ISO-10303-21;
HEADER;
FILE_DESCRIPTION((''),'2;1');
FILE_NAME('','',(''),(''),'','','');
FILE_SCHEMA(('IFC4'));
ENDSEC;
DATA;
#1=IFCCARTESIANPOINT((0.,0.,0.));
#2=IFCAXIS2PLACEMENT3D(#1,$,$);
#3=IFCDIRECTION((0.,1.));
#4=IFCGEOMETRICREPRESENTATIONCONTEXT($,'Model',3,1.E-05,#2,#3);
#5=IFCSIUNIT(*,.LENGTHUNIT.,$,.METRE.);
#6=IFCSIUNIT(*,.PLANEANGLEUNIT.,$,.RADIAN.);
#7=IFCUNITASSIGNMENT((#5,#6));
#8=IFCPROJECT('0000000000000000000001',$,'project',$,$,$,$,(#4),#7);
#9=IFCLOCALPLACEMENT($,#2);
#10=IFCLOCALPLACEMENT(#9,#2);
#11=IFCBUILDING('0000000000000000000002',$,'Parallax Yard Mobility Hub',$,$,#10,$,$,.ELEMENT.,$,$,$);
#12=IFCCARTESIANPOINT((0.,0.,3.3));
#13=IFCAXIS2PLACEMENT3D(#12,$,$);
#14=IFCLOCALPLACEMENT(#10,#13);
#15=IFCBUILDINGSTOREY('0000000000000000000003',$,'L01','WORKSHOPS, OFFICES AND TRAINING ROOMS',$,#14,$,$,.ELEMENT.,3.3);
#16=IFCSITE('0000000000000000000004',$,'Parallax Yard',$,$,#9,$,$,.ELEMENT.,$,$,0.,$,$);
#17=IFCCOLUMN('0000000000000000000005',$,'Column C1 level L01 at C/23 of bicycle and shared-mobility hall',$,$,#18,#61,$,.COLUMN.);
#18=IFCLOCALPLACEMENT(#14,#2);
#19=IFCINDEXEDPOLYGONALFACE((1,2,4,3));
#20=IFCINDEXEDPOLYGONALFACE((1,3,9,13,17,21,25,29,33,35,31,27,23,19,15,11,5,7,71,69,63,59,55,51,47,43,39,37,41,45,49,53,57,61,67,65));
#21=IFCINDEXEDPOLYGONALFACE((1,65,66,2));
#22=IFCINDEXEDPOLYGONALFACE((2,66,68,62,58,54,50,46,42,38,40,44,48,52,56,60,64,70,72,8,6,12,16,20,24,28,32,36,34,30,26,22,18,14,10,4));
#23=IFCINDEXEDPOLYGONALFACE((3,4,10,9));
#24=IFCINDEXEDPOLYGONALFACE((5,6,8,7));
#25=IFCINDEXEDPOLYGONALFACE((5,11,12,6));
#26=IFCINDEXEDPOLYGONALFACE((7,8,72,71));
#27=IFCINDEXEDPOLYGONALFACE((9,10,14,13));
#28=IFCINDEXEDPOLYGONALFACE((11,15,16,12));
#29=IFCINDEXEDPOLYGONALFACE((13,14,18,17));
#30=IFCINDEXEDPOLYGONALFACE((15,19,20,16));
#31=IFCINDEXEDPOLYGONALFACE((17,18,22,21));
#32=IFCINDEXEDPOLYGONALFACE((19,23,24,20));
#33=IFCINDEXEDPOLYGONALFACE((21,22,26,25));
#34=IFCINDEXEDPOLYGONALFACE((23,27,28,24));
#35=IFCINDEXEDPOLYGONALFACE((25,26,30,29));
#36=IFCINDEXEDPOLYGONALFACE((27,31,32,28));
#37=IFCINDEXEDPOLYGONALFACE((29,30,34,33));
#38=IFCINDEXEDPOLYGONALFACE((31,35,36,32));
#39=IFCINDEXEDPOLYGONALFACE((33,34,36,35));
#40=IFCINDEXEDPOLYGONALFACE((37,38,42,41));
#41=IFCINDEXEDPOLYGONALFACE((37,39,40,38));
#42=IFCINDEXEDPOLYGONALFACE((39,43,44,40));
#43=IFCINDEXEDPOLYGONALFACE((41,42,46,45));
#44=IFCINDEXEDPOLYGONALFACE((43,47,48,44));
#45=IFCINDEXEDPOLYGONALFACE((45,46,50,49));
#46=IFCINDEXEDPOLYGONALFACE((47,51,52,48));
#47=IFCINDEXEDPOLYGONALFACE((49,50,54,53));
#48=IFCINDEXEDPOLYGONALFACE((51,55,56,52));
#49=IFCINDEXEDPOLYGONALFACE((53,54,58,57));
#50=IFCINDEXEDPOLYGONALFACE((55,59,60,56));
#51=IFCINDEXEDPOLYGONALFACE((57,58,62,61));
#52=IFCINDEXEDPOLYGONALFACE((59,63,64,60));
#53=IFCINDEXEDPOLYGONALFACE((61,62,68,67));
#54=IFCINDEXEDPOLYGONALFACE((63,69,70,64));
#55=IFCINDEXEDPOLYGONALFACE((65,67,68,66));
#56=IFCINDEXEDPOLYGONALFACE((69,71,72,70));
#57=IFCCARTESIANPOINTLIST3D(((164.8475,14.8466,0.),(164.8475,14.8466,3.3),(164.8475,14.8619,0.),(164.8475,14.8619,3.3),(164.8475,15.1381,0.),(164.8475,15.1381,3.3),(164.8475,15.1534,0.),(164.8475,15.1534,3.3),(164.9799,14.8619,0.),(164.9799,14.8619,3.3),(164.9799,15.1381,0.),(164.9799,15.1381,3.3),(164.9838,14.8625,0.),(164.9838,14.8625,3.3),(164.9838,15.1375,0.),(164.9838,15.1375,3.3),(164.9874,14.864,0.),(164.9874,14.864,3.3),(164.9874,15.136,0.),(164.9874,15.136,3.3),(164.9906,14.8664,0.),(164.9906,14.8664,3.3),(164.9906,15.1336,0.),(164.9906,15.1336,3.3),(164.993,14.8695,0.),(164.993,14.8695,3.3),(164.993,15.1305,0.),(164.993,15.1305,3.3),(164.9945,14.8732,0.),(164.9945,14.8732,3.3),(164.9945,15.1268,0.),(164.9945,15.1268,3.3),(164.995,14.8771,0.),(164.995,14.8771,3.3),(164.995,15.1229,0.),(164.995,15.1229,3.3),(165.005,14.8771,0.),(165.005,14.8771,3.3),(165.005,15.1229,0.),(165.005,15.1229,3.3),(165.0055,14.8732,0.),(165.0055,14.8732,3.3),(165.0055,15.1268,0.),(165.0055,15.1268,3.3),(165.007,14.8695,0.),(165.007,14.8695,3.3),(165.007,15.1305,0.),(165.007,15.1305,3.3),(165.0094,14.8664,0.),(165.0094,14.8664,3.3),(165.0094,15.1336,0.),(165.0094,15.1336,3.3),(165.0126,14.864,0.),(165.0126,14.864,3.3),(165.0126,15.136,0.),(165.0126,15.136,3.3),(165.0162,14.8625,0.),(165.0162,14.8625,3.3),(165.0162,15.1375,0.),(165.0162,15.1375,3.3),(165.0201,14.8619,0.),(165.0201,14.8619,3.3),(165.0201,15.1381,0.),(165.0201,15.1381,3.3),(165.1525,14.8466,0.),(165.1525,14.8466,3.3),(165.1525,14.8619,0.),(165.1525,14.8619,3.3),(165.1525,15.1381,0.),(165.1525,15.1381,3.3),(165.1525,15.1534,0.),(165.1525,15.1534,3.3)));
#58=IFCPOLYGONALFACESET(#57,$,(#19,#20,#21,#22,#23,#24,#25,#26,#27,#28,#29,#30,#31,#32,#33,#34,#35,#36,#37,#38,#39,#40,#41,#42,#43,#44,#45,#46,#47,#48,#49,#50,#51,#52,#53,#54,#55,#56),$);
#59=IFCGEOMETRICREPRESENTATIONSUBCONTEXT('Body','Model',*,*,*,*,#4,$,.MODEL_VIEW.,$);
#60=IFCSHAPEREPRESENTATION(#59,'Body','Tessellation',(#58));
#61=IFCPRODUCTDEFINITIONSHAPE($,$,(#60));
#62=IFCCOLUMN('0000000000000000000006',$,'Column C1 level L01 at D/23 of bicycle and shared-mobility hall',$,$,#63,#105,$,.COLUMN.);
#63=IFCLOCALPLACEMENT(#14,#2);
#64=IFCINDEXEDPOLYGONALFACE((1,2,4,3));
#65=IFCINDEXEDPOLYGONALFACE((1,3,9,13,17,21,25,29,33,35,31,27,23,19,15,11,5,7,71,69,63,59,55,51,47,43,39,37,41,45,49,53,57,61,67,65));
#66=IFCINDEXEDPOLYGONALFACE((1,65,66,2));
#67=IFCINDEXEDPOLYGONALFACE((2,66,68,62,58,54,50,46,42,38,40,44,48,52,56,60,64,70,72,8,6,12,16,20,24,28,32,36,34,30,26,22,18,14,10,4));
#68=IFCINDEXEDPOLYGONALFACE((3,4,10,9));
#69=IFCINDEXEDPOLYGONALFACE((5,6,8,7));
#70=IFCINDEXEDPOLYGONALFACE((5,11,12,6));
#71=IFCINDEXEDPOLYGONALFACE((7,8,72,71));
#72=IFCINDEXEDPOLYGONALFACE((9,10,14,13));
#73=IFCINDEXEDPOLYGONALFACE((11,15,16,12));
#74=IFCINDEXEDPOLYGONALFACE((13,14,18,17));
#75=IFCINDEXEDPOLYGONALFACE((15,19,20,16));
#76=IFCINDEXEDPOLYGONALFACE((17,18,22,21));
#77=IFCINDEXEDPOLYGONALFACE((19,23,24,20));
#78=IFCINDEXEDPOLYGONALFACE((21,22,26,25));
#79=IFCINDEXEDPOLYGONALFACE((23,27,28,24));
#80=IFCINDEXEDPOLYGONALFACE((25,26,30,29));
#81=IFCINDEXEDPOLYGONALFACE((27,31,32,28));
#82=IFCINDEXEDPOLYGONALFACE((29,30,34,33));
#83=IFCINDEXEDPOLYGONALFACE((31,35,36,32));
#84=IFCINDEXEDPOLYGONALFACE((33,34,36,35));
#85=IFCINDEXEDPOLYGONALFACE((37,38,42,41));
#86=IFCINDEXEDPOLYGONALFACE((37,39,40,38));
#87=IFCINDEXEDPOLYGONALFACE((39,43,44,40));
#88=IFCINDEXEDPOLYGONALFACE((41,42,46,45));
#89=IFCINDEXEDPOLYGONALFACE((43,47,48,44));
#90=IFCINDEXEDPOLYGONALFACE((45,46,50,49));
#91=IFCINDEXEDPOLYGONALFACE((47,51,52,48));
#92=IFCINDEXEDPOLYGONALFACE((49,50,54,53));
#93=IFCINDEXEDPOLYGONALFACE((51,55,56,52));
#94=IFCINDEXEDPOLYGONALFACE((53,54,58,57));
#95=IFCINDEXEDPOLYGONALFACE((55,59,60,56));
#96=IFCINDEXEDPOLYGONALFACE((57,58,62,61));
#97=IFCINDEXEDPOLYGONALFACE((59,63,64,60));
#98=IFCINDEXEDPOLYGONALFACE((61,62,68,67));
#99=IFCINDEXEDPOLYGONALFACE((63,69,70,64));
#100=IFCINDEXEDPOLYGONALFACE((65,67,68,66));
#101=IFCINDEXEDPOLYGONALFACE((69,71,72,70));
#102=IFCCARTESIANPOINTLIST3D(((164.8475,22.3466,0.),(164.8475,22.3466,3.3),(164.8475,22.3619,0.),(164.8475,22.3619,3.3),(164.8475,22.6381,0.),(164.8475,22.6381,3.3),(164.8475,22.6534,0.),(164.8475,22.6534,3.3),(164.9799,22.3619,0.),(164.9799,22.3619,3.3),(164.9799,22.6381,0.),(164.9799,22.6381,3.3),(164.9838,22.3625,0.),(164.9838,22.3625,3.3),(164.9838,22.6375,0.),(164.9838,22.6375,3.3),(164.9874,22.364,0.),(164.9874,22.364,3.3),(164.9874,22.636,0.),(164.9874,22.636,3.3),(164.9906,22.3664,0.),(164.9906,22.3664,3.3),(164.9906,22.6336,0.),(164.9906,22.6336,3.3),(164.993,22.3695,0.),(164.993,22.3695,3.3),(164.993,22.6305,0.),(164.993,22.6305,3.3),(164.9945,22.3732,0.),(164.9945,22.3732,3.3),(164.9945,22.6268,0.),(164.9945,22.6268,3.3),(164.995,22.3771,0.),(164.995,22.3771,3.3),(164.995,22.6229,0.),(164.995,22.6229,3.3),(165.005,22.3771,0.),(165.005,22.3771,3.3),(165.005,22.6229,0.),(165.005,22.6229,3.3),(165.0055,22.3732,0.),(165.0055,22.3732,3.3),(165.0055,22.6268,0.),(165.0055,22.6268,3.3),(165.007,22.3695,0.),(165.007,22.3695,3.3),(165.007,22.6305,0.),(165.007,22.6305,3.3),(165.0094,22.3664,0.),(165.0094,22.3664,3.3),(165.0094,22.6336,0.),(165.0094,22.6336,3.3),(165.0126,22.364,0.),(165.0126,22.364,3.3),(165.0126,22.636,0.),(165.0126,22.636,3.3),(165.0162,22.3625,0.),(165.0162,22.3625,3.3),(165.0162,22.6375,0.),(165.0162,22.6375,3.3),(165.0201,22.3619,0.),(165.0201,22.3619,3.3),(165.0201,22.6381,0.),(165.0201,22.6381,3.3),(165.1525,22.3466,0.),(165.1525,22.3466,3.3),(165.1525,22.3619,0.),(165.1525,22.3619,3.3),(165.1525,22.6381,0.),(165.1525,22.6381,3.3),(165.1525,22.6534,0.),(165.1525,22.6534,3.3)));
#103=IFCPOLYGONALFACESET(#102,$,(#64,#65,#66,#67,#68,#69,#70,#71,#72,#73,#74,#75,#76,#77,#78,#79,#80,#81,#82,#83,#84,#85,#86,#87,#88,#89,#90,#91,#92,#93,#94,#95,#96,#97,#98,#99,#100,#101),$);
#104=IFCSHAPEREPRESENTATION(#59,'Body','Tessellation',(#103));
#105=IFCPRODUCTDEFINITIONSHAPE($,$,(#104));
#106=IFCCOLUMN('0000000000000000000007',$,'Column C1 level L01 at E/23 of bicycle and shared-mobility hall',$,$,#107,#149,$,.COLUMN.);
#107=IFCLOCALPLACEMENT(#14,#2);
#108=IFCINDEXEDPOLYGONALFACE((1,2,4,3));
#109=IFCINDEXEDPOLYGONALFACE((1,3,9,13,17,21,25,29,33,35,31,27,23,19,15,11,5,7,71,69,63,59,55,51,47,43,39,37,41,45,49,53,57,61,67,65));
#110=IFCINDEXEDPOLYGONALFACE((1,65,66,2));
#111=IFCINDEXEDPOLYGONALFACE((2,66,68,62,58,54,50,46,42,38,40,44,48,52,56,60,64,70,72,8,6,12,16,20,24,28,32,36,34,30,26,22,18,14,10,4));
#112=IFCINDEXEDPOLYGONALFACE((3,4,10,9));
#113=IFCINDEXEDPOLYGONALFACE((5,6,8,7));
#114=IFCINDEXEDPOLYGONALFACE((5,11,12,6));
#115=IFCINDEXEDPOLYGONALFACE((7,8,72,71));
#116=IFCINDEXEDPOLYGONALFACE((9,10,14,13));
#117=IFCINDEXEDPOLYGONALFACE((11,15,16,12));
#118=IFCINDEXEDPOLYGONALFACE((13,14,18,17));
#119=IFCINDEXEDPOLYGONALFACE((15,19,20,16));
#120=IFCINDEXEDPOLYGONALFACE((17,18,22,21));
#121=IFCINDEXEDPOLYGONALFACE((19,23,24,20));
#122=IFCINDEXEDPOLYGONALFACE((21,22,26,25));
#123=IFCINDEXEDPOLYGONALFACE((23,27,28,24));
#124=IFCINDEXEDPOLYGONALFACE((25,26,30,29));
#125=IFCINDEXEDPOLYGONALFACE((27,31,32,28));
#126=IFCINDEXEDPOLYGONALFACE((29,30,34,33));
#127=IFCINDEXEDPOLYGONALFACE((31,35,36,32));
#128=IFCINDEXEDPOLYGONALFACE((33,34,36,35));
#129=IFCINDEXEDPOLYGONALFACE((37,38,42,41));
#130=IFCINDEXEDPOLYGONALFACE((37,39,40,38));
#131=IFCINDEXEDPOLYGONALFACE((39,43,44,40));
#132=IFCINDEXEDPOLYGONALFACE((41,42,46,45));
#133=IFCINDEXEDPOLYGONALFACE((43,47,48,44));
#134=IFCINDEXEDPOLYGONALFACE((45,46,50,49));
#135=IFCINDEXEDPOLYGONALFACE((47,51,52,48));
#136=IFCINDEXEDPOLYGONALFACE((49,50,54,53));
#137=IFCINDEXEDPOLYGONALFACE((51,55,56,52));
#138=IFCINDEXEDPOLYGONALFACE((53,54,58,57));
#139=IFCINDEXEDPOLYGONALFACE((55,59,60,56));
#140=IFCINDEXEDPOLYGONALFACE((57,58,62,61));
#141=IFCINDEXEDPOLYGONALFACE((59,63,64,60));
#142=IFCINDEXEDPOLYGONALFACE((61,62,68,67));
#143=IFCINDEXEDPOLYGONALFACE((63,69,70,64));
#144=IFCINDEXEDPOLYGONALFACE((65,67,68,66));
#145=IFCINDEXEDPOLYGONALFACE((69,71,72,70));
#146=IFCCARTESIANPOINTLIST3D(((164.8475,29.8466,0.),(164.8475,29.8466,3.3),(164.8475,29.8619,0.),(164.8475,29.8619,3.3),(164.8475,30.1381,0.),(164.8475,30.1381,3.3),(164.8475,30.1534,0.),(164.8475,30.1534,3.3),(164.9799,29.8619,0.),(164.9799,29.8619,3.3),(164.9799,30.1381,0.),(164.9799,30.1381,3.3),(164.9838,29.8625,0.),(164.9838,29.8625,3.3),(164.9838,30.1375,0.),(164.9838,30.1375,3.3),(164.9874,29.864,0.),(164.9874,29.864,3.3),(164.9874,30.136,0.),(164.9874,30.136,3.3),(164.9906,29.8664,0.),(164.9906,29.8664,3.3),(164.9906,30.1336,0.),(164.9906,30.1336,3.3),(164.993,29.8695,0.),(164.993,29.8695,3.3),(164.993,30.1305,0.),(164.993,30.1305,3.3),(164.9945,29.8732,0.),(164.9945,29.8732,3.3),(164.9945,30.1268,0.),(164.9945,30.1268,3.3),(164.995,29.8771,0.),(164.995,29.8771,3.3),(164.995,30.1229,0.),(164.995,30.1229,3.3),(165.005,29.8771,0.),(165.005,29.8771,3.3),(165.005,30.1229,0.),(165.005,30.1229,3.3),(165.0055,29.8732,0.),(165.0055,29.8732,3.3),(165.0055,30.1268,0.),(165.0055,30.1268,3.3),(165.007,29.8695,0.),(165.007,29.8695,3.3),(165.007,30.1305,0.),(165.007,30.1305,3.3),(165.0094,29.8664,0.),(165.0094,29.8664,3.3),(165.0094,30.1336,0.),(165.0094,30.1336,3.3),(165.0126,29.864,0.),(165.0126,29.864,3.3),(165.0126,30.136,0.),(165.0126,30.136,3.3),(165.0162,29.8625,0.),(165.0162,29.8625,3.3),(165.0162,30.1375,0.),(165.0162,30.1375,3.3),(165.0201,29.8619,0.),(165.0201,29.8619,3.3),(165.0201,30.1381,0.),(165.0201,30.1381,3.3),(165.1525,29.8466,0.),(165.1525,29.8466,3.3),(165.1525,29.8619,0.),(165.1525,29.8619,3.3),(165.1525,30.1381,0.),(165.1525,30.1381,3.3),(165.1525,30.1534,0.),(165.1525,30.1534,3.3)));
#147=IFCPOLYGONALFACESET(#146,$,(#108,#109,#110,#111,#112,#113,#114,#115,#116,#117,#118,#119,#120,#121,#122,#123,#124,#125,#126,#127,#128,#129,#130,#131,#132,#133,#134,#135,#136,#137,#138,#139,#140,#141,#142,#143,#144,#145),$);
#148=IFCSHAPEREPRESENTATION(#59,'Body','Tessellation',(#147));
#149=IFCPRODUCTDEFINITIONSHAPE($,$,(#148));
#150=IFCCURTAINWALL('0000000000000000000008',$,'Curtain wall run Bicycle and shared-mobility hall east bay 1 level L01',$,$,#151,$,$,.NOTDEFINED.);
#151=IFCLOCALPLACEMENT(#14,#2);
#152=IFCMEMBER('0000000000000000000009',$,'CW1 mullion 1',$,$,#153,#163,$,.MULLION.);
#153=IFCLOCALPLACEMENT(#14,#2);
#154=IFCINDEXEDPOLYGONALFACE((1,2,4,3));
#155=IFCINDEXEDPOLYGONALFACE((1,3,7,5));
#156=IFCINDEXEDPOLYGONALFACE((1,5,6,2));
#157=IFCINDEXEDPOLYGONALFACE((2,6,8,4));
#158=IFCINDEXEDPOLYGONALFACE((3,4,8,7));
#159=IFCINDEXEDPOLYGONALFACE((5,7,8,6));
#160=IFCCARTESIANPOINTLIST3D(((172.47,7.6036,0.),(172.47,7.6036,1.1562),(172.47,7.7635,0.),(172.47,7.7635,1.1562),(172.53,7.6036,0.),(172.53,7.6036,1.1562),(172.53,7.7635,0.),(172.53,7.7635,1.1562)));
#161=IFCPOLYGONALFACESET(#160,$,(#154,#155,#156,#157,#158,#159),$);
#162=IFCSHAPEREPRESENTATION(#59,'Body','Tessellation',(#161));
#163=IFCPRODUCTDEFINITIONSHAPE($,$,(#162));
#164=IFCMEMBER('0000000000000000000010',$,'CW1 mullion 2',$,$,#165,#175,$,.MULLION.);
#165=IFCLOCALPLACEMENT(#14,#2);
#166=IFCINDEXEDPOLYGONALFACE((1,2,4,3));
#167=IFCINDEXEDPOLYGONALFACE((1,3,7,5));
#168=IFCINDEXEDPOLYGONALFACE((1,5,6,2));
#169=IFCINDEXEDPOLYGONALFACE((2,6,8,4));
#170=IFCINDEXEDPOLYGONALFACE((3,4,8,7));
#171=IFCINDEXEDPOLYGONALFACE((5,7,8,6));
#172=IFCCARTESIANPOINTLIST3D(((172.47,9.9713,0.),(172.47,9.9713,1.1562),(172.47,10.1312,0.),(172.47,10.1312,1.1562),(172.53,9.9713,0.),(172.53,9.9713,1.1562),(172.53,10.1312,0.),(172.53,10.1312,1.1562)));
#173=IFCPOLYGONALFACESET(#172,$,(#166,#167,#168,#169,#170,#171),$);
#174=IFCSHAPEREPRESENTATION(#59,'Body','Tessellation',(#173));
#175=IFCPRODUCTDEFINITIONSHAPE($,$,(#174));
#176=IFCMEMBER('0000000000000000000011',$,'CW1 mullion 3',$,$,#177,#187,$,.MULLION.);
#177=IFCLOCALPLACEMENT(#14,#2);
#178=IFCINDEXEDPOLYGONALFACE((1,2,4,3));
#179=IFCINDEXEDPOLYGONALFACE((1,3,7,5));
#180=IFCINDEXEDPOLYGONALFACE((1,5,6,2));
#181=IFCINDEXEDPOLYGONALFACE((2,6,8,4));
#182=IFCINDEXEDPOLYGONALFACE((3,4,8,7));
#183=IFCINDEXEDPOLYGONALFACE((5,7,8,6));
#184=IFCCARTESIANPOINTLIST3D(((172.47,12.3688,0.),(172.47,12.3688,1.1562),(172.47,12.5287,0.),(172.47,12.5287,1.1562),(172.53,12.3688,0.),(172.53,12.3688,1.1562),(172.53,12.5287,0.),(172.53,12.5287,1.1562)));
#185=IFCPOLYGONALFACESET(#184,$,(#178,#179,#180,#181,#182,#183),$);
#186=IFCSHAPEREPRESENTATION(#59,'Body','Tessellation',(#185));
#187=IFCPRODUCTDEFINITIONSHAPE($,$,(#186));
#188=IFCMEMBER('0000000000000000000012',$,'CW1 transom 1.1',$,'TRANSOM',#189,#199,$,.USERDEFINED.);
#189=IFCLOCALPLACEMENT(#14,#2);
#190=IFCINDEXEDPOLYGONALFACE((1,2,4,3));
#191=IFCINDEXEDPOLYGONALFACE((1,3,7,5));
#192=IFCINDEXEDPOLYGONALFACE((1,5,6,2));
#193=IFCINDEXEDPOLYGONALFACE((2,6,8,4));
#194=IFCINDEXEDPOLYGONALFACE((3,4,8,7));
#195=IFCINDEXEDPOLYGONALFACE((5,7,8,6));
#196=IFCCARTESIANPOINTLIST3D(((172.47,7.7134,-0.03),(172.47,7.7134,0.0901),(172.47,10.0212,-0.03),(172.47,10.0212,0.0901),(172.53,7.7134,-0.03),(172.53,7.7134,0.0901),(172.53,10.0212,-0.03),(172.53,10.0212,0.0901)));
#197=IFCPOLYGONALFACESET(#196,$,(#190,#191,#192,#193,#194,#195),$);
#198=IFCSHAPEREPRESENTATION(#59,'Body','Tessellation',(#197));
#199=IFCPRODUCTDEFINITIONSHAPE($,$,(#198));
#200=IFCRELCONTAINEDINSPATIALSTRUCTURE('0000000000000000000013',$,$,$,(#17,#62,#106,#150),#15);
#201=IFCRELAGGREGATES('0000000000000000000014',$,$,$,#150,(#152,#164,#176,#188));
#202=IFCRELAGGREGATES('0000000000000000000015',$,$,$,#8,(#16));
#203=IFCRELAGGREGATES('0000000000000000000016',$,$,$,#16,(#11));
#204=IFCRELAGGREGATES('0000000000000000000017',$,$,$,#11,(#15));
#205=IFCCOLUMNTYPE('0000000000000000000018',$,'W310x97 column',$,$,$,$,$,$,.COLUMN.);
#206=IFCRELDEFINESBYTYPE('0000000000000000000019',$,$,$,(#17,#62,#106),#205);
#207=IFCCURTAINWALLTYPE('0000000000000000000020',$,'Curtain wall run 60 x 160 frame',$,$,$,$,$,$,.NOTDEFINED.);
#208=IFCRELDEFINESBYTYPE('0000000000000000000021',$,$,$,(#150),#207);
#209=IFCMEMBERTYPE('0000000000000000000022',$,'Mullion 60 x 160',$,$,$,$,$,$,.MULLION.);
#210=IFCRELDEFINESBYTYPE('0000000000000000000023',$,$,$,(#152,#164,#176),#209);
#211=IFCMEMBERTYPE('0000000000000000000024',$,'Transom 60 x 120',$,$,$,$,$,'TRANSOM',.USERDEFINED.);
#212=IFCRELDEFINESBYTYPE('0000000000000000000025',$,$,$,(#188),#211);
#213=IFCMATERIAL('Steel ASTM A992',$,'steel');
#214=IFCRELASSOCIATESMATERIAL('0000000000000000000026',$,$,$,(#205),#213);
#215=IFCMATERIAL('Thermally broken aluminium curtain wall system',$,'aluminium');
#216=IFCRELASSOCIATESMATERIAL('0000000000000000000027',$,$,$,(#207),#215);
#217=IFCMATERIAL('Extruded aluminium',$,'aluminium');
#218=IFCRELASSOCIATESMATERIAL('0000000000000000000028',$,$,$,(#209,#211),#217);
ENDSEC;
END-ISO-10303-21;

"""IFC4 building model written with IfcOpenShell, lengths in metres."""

from ifc_helpers import new_model, si_unit, direction, frame, origin, origin_2d, place, context, subcontext, project, spatial, rectangle, i_section, extrude, material, material_profile, profile_set, type_object, element, aggregate, save


model = new_model("IFC4")

# Units and contexts
model_context = context("Model", 3, precision=1e-05, world=origin(), true_north=direction((0.0, 1.0)))
body_context = subcontext(model_context, "Body", "Model", "MODEL_VIEW")
ifc_project = project(units=[si_unit("LENGTHUNIT", "METRE"), si_unit("PLANEANGLEUNIT", "RADIAN")], contexts=[model_context])

# Site, building, storey
site_placement = place(None, origin())
site = spatial("IfcSite", under=ifc_project, at=site_placement, Name="Parallax Yard", CompositionType="ELEMENT", RefElevation=0.0)
building_placement = place(site_placement, origin())
building = spatial("IfcBuilding", under=site, at=building_placement, Name="Parallax Yard Mobility Hub", CompositionType="ELEMENT")
storey_placement = place(building_placement, frame((0.0, 0.0, 3.3)))
storey = spatial("IfcBuildingStorey", under=building, at=storey_placement, Name="L01", Description="WORKSHOPS, OFFICES AND TRAINING ROOMS", CompositionType="ELEMENT", Elevation=3.3)

# Columns
ifc_material_1 = material(Name="Steel ASTM A992", Category="steel")
ifc_material_profile_1 = material_profile(ifc_material_1, i_section(OverallWidth=0.3049, OverallDepth=0.3069, WebThickness=0.01, FlangeThickness=0.0154, FilletRadius=0.0151, at=origin_2d()), Name="W310x97")
ifc_profile_set_1 = profile_set([ifc_material_profile_1], Name="Steel ASTM A992")
column_type = type_object("IfcColumnType", Name="W310x97 column", PredefinedType="COLUMN", material=ifc_profile_set_1)
for number, where, z_axis, x_axis, name in (
    (1, (165.0, 15.0, 0.0), (0.0, 0.0, 1.0), (1.0, 0.0, 0.0), "Column C1 level L01 at C/23 of bicycle and shared-mobility hall"),
    (2, (165.0, 22.5, 0.0), (0.0, 0.0, 1.0), (1.0, 0.0, 0.0), "Column C1 level L01 at D/23 of bicycle and shared-mobility hall"),
    (3, (165.0, 30.0, 0.0), (0.0, 0.0, 1.0), (1.0, 0.0, 0.0), "Column C1 level L01 at E/23 of bicycle and shared-mobility hall"),
):
    element("IfcColumn", number, at=place(storey_placement, frame(where, z_axis=z_axis, x_axis=x_axis)), inside=storey, type_object=column_type, Name=name, PredefinedType="COLUMN", context=body_context, shape_type="SweptSolid", body=[
        extrude(i_section(OverallWidth=0.3049, OverallDepth=0.3069, WebThickness=0.01, FlangeThickness=0.0154, FilletRadius=0.0151, at=origin_2d()), origin(), (0.0, 0.0, 1.0), 3.3),
    ])

# Curtain wall, members
ifc_material_2 = material(Name="Thermally broken aluminium curtain wall system", Category="aluminium")
curtain_wall_type = type_object("IfcCurtainWallType", Name="Curtain wall run 60 x 160 frame", PredefinedType="NOTDEFINED", material=ifc_material_2)
curtain_wall_placement = place(storey_placement, origin())
curtain_wall = element("IfcCurtainWall", 4, at=curtain_wall_placement, inside=storey, type_object=curtain_wall_type, Name="Curtain wall run Bicycle and shared-mobility hall east bay 1 level L01", PredefinedType="NOTDEFINED")
ifc_material_3 = material(Name="Extruded aluminium", Category="aluminium")
ifc_material_profile_2 = material_profile(ifc_material_3, rectangle(XDim=0.0601, YDim=0.1599, at=origin_2d()), Name="Mullion 60 x 160")
ifc_profile_set_2 = profile_set([ifc_material_profile_2], Name="Extruded aluminium")
member_type_1 = type_object("IfcMemberType", Name="Mullion 60 x 160", PredefinedType="MULLION", material=ifc_profile_set_2)
member_1_placement = place(storey_placement, frame((172.5, 7.6836, 0.0), z_axis=(0.0, 0.0, 1.0), x_axis=(-1.0, 0.0, 0.0)))
member_1 = element("IfcMember", 5, at=member_1_placement, type_object=member_type_1, Name="CW1 mullion 1", PredefinedType="MULLION", context=body_context, shape_type="SweptSolid", body=[
    extrude(rectangle(XDim=0.0601, YDim=0.1599, at=origin_2d()), origin(), (0.0, 0.0, 1.0), 1.1562),
])
member_2_placement = place(storey_placement, frame((172.5, 10.0513, 0.0), z_axis=(0.0, 0.0, 1.0), x_axis=(-1.0, 0.0, 0.0)))
member_2 = element("IfcMember", 6, at=member_2_placement, type_object=member_type_1, Name="CW1 mullion 2", PredefinedType="MULLION", context=body_context, shape_type="SweptSolid", body=[
    extrude(rectangle(XDim=0.0601, YDim=0.1599, at=origin_2d()), origin(), (0.0, 0.0, 1.0), 1.1562),
])
member_3_placement = place(storey_placement, frame((172.5, 12.4487, 0.0), z_axis=(0.0, 0.0, 1.0), x_axis=(-1.0, 0.0, 0.0)))
member_3 = element("IfcMember", 7, at=member_3_placement, type_object=member_type_1, Name="CW1 mullion 3", PredefinedType="MULLION", context=body_context, shape_type="SweptSolid", body=[
    extrude(rectangle(XDim=0.0601, YDim=0.1599, at=origin_2d()), origin(), (0.0, 0.0, 1.0), 1.1562),
])
ifc_material_profile_3 = material_profile(ifc_material_3, rectangle(XDim=0.0601, YDim=0.1201, at=origin_2d()), Name="Transom 60 x 120")
ifc_profile_set_3 = profile_set([ifc_material_profile_3], Name="Extruded aluminium")
member_type_2 = type_object("IfcMemberType", Name="Transom 60 x 120", ElementType="TRANSOM", PredefinedType="USERDEFINED", material=ifc_profile_set_3)
member_4_placement = place(storey_placement, frame((172.5, 7.7134, 0.03), z_axis=(0.0, 1.0, 0.0), x_axis=(-1.0, 0.0, 0.0)))
member_4 = element("IfcMember", 8, at=member_4_placement, type_object=member_type_2, Name="CW1 transom 1.1", ObjectType="TRANSOM", PredefinedType="USERDEFINED", context=body_context, shape_type="SweptSolid", body=[
    extrude(rectangle(XDim=0.0601, YDim=0.1201, at=origin_2d()), origin(), (0.0, 0.0, 1.0), 2.3079),
])

aggregate(curtain_wall, [member_1, member_2, member_3, member_4])

save(model, "model.ifc")
